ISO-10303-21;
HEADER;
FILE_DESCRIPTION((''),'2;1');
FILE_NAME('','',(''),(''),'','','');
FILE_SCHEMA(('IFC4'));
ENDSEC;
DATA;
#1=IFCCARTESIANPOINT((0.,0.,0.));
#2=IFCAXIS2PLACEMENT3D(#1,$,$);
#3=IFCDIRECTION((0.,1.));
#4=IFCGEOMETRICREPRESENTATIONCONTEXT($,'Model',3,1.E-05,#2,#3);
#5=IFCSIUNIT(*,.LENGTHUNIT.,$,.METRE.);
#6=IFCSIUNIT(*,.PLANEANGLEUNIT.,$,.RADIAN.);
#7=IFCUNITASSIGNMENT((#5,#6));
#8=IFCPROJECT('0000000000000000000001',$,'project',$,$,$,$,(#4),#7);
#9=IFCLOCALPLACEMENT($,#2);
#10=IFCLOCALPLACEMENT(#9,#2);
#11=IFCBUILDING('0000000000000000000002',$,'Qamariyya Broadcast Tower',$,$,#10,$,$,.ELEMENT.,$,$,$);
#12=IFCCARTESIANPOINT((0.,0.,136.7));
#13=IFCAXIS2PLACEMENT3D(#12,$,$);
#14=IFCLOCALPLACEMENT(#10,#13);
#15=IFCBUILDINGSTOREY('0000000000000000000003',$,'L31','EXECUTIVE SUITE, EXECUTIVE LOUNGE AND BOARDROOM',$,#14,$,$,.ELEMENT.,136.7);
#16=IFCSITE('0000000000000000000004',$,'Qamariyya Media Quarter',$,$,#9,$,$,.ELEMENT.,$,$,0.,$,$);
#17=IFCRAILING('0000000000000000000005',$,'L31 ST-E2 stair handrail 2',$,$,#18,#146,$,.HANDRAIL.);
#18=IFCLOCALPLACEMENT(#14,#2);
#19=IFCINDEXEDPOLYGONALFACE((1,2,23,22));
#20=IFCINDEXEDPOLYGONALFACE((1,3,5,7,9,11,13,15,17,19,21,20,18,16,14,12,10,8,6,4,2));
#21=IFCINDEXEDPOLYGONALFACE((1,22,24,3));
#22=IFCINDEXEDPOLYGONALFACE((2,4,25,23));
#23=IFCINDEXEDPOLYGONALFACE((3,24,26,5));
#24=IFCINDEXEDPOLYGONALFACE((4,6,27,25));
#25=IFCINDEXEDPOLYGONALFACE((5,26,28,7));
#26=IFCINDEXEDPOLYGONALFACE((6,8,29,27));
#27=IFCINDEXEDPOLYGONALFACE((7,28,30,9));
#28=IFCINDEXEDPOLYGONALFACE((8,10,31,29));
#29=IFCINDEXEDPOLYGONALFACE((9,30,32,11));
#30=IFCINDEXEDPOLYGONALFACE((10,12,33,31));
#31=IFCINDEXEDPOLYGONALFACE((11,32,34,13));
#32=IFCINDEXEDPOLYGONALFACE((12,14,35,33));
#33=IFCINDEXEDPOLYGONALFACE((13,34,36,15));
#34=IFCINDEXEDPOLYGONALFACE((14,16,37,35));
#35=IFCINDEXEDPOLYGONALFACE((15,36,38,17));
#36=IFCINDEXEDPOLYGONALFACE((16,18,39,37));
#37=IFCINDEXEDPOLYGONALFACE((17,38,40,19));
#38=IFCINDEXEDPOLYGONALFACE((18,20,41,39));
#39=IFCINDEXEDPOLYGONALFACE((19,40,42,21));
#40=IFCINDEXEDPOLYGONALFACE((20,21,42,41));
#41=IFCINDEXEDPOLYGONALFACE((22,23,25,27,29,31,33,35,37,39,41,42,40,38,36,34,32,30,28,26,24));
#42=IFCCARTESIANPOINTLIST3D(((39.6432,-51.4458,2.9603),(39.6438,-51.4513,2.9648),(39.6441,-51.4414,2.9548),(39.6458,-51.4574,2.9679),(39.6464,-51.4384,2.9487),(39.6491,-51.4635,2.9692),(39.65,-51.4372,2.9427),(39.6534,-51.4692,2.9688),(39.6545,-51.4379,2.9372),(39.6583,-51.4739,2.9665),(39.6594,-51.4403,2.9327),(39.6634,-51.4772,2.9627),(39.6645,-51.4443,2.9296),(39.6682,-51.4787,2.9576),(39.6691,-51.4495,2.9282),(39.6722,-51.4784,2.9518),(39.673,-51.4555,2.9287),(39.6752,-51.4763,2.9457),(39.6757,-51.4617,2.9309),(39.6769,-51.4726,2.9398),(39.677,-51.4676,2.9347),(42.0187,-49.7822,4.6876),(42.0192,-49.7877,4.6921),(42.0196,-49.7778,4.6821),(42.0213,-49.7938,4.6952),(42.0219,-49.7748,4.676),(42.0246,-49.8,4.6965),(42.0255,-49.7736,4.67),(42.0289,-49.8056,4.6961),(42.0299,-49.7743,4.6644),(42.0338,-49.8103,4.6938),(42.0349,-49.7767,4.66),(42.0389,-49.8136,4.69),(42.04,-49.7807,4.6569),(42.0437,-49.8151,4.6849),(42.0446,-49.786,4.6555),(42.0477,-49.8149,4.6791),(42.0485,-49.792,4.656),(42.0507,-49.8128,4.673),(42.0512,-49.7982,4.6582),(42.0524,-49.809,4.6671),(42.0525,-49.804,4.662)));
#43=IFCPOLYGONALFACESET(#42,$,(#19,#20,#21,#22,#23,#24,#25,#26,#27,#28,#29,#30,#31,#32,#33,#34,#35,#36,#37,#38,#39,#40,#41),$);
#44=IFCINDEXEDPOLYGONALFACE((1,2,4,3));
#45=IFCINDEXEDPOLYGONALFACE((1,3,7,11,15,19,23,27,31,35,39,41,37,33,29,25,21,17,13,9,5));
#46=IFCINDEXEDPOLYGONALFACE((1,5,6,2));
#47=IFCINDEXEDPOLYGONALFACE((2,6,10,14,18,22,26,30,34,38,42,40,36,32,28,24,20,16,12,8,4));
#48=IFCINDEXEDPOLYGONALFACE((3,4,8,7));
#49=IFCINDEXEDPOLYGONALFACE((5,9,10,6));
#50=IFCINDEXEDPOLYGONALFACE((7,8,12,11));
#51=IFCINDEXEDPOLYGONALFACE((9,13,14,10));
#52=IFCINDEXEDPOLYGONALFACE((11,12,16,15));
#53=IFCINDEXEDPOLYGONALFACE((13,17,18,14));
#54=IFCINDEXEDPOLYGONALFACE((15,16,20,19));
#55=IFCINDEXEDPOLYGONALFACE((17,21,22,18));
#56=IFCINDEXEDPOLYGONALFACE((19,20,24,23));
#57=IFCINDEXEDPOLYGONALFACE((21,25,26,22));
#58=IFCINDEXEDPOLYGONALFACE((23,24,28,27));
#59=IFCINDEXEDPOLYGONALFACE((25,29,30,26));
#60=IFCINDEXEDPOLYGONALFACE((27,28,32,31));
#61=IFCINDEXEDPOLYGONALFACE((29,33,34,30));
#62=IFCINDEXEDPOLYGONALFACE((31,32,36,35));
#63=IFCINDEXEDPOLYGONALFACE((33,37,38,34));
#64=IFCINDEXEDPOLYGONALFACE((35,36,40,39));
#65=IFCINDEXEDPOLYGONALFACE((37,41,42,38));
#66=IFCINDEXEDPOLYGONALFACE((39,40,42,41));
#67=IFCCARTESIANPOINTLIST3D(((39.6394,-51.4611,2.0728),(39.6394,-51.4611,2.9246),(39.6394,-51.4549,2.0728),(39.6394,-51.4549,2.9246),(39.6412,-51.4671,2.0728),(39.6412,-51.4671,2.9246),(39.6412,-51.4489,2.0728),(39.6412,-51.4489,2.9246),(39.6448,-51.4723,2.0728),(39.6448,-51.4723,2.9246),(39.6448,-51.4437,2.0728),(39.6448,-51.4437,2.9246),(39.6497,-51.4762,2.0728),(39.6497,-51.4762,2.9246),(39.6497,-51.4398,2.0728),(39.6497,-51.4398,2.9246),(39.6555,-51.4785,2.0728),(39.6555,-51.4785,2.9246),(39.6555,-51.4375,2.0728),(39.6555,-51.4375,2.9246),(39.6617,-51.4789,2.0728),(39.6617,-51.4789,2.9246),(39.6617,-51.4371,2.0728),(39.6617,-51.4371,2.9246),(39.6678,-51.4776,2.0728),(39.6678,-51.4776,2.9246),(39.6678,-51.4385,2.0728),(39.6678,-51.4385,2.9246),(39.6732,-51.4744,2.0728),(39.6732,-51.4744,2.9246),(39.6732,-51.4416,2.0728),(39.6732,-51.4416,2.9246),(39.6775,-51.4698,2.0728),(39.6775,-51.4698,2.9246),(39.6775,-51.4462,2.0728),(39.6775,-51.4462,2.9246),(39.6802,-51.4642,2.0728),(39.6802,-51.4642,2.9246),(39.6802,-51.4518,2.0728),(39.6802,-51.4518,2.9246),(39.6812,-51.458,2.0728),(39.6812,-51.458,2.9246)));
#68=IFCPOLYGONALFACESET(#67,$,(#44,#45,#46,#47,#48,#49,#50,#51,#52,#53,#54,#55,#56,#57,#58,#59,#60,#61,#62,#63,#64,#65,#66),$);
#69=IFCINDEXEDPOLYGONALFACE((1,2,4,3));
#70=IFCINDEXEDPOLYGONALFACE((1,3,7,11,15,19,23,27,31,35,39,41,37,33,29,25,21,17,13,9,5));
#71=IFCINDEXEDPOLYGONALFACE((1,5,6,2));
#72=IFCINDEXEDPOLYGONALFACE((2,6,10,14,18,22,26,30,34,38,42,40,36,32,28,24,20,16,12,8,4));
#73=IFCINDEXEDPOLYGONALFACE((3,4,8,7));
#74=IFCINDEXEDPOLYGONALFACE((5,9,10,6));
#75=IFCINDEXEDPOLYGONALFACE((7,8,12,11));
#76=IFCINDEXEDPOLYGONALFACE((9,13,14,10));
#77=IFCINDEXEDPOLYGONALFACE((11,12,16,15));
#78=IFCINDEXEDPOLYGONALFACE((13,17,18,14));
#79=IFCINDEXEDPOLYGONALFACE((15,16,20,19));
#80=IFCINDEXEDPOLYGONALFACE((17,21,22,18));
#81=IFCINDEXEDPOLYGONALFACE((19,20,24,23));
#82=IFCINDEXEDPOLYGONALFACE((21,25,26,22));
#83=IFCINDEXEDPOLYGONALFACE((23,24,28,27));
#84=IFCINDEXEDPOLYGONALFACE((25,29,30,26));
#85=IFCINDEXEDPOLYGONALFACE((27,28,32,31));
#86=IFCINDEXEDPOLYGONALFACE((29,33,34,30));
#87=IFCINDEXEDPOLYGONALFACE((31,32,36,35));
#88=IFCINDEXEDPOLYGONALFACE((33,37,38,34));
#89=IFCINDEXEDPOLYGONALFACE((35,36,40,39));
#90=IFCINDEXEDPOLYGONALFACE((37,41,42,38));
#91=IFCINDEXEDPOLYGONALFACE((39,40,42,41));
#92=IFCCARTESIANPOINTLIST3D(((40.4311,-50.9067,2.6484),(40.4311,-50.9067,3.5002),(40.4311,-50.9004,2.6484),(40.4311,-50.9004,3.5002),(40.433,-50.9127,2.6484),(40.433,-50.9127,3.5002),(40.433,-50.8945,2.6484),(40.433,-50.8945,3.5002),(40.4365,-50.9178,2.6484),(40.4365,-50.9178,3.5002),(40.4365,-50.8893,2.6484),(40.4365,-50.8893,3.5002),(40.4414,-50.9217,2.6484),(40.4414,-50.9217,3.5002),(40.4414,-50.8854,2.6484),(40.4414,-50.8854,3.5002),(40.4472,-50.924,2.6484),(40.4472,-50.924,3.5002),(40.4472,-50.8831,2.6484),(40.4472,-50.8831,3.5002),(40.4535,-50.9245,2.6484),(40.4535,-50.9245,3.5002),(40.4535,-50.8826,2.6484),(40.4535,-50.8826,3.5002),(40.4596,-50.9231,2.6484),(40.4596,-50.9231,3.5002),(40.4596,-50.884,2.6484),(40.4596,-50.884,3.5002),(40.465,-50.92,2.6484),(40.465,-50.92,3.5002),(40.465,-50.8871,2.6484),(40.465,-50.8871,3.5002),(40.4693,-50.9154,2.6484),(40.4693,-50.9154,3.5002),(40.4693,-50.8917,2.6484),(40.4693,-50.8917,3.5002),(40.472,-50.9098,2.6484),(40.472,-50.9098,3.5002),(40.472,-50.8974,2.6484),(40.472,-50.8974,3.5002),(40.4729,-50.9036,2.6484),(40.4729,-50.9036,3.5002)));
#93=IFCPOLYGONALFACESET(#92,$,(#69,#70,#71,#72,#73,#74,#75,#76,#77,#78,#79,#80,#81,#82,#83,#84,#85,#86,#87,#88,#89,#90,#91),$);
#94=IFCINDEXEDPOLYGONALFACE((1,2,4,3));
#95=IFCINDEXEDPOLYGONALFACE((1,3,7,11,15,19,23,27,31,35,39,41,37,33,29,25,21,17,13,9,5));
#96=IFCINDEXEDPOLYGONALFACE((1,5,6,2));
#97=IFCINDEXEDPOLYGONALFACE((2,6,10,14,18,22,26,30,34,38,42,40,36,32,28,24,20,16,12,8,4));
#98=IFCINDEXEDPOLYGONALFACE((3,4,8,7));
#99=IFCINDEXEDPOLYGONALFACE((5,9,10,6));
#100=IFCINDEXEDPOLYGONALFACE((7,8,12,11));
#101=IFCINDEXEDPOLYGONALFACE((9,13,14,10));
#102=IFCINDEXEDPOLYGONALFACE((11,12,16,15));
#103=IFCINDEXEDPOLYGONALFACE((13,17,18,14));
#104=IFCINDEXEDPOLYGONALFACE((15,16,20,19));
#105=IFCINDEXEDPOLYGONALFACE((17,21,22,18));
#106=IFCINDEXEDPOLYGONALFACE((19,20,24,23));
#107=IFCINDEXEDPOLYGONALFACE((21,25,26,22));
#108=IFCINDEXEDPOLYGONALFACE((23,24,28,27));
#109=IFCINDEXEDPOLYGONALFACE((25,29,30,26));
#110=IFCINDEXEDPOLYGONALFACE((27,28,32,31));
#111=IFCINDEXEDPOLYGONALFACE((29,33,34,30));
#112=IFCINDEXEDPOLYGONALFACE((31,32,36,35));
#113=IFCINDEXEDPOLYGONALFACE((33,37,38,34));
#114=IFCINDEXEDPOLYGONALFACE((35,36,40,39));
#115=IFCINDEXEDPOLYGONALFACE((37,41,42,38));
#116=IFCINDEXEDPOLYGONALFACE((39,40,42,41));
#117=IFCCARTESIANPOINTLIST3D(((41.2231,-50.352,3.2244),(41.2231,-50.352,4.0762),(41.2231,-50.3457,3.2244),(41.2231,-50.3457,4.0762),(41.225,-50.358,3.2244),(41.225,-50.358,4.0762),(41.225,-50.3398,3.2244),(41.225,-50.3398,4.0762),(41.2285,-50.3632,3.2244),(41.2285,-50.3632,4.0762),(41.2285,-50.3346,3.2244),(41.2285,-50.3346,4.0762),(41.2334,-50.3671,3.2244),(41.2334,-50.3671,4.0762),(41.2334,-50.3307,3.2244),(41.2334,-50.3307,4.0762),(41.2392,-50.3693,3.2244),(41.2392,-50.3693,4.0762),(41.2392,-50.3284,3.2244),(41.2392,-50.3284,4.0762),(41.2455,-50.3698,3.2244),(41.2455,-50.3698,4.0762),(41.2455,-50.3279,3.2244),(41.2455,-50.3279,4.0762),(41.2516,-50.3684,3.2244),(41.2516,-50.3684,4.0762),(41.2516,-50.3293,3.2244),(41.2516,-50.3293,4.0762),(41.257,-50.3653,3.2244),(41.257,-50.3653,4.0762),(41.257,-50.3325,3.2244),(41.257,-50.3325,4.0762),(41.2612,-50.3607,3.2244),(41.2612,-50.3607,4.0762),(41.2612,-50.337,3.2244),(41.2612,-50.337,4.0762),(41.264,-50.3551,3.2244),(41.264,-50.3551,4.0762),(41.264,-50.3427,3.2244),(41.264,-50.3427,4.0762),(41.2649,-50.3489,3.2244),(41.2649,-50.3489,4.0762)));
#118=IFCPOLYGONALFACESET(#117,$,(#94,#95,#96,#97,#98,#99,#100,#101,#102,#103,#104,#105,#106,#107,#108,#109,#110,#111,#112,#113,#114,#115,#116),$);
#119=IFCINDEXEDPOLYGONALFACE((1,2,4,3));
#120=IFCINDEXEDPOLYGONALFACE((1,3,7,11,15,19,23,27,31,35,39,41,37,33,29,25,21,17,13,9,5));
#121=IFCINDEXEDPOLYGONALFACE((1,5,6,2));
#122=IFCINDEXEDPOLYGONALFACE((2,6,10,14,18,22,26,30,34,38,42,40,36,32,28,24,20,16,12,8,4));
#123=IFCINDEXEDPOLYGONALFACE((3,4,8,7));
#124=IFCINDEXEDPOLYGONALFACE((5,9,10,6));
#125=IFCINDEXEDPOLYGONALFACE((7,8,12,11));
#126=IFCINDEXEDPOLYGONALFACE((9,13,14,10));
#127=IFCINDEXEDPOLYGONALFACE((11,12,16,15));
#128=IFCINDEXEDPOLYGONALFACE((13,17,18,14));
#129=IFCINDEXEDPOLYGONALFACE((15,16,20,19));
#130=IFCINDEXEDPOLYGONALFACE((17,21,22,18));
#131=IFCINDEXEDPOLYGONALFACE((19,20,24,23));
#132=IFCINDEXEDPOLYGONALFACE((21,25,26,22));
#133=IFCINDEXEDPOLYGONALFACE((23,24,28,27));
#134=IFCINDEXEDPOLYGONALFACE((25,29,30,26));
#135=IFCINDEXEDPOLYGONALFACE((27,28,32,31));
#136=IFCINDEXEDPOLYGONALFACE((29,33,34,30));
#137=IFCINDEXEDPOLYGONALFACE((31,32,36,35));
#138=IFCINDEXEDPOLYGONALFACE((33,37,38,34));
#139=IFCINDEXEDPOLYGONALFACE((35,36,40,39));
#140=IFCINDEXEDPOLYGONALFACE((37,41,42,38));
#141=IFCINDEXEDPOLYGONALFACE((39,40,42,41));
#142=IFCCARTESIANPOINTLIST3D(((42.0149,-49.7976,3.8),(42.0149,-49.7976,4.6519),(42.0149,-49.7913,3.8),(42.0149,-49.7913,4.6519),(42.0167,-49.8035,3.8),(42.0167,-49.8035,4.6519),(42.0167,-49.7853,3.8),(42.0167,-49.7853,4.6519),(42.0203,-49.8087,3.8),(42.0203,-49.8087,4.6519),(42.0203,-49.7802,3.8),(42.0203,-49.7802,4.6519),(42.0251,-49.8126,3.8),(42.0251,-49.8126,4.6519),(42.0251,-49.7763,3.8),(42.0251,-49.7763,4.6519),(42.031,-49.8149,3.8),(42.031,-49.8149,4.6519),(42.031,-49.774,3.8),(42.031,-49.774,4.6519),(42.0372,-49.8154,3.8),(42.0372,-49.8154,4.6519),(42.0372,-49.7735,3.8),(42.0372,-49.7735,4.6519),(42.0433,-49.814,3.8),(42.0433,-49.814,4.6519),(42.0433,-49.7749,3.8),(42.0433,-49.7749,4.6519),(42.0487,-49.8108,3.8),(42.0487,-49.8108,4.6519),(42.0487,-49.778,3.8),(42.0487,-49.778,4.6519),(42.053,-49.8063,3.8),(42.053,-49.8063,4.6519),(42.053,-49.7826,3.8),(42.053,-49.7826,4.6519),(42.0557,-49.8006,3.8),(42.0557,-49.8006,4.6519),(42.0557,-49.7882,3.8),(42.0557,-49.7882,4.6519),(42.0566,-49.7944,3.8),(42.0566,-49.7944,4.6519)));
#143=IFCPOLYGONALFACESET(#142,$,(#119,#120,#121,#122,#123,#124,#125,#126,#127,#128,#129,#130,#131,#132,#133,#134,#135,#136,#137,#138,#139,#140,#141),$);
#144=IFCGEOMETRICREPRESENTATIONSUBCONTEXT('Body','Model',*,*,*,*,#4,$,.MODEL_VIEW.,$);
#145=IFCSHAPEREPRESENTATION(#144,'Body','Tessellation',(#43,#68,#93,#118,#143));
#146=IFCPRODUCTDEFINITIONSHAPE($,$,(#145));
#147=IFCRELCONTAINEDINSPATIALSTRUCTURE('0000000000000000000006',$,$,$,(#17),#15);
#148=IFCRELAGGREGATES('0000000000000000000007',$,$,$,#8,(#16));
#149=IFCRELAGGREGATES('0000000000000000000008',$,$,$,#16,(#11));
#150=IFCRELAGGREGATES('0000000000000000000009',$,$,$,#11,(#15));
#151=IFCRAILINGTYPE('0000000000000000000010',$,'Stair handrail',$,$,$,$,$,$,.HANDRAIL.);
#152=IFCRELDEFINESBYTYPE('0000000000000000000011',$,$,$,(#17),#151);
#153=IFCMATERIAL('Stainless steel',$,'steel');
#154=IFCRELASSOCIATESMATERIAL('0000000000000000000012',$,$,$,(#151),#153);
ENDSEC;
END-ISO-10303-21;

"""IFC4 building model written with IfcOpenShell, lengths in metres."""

from ifc_helpers import new_model, si_unit, direction, frame, origin, origin_2d, place, context, subcontext, project, spatial, circle, extrude, material, type_object, element, save


model = new_model("IFC4")

# Units and contexts
model_context = context("Model", 3, precision=1e-05, world=origin(), true_north=direction((0.0, 1.0)))
body_context = subcontext(model_context, "Body", "Model", "MODEL_VIEW")
ifc_project = project(units=[si_unit("LENGTHUNIT", "METRE"), si_unit("PLANEANGLEUNIT", "RADIAN")], contexts=[model_context])

# Site, building, storey
site_placement = place(None, origin())
site = spatial("IfcSite", under=ifc_project, at=site_placement, Name="Qamariyya Media Quarter", CompositionType="ELEMENT", RefElevation=0.0)
building_placement = place(site_placement, origin())
building = spatial("IfcBuilding", under=site, at=building_placement, Name="Qamariyya Broadcast Tower", CompositionType="ELEMENT")
storey_placement = place(building_placement, frame((0.0, 0.0, 136.7)))
storey = spatial("IfcBuildingStorey", under=building, at=storey_placement, Name="L31", Description="EXECUTIVE SUITE, EXECUTIVE LOUNGE AND BOARDROOM", CompositionType="ELEMENT", Elevation=136.7)

# Railing
ifc_material_1 = material(Name="Stainless steel", Category="steel")
railing_type_1 = type_object("IfcRailingType", Name="Stair handrail", PredefinedType="HANDRAIL", material=ifc_material_1)
railing_1_placement = place(storey_placement, frame((39.6602, -51.458, 2.0728)))
element("IfcRailing", 1, at=railing_1_placement, inside=storey, type_object=railing_type_1, Name="L31 ST-E2 stair handrail 2", PredefinedType="HANDRAIL", context=body_context, shape_type="SweptSolid", body=[
    extrude(circle(Radius=0.0239, at=origin_2d()), frame((0.0, 0.0, 0.876), z_axis=(0.703745, 0.492838, 0.511716), x_axis=(-0.573632, 0.819113, 0.0)), (0.0, 0.0, 1.0), 3.3755),
    extrude(circle(Radius=0.021, at=origin_2d()), origin(), (0.0, 0.0, 1.0), 0.8518),
    extrude(circle(Radius=0.021, at=origin_2d()), frame((0.7917, 0.5544, 0.5757)), (0.0, 0.0, 1.0), 0.8518),
    extrude(circle(Radius=0.021, at=origin_2d()), frame((1.5837, 1.1091, 1.1516)), (0.0, 0.0, 1.0), 0.8518),
    extrude(circle(Radius=0.021, at=origin_2d()), frame((2.3755, 1.6636, 1.7273)), (0.0, 0.0, 1.0), 0.8518),
])

save(model, "model.ifc")
